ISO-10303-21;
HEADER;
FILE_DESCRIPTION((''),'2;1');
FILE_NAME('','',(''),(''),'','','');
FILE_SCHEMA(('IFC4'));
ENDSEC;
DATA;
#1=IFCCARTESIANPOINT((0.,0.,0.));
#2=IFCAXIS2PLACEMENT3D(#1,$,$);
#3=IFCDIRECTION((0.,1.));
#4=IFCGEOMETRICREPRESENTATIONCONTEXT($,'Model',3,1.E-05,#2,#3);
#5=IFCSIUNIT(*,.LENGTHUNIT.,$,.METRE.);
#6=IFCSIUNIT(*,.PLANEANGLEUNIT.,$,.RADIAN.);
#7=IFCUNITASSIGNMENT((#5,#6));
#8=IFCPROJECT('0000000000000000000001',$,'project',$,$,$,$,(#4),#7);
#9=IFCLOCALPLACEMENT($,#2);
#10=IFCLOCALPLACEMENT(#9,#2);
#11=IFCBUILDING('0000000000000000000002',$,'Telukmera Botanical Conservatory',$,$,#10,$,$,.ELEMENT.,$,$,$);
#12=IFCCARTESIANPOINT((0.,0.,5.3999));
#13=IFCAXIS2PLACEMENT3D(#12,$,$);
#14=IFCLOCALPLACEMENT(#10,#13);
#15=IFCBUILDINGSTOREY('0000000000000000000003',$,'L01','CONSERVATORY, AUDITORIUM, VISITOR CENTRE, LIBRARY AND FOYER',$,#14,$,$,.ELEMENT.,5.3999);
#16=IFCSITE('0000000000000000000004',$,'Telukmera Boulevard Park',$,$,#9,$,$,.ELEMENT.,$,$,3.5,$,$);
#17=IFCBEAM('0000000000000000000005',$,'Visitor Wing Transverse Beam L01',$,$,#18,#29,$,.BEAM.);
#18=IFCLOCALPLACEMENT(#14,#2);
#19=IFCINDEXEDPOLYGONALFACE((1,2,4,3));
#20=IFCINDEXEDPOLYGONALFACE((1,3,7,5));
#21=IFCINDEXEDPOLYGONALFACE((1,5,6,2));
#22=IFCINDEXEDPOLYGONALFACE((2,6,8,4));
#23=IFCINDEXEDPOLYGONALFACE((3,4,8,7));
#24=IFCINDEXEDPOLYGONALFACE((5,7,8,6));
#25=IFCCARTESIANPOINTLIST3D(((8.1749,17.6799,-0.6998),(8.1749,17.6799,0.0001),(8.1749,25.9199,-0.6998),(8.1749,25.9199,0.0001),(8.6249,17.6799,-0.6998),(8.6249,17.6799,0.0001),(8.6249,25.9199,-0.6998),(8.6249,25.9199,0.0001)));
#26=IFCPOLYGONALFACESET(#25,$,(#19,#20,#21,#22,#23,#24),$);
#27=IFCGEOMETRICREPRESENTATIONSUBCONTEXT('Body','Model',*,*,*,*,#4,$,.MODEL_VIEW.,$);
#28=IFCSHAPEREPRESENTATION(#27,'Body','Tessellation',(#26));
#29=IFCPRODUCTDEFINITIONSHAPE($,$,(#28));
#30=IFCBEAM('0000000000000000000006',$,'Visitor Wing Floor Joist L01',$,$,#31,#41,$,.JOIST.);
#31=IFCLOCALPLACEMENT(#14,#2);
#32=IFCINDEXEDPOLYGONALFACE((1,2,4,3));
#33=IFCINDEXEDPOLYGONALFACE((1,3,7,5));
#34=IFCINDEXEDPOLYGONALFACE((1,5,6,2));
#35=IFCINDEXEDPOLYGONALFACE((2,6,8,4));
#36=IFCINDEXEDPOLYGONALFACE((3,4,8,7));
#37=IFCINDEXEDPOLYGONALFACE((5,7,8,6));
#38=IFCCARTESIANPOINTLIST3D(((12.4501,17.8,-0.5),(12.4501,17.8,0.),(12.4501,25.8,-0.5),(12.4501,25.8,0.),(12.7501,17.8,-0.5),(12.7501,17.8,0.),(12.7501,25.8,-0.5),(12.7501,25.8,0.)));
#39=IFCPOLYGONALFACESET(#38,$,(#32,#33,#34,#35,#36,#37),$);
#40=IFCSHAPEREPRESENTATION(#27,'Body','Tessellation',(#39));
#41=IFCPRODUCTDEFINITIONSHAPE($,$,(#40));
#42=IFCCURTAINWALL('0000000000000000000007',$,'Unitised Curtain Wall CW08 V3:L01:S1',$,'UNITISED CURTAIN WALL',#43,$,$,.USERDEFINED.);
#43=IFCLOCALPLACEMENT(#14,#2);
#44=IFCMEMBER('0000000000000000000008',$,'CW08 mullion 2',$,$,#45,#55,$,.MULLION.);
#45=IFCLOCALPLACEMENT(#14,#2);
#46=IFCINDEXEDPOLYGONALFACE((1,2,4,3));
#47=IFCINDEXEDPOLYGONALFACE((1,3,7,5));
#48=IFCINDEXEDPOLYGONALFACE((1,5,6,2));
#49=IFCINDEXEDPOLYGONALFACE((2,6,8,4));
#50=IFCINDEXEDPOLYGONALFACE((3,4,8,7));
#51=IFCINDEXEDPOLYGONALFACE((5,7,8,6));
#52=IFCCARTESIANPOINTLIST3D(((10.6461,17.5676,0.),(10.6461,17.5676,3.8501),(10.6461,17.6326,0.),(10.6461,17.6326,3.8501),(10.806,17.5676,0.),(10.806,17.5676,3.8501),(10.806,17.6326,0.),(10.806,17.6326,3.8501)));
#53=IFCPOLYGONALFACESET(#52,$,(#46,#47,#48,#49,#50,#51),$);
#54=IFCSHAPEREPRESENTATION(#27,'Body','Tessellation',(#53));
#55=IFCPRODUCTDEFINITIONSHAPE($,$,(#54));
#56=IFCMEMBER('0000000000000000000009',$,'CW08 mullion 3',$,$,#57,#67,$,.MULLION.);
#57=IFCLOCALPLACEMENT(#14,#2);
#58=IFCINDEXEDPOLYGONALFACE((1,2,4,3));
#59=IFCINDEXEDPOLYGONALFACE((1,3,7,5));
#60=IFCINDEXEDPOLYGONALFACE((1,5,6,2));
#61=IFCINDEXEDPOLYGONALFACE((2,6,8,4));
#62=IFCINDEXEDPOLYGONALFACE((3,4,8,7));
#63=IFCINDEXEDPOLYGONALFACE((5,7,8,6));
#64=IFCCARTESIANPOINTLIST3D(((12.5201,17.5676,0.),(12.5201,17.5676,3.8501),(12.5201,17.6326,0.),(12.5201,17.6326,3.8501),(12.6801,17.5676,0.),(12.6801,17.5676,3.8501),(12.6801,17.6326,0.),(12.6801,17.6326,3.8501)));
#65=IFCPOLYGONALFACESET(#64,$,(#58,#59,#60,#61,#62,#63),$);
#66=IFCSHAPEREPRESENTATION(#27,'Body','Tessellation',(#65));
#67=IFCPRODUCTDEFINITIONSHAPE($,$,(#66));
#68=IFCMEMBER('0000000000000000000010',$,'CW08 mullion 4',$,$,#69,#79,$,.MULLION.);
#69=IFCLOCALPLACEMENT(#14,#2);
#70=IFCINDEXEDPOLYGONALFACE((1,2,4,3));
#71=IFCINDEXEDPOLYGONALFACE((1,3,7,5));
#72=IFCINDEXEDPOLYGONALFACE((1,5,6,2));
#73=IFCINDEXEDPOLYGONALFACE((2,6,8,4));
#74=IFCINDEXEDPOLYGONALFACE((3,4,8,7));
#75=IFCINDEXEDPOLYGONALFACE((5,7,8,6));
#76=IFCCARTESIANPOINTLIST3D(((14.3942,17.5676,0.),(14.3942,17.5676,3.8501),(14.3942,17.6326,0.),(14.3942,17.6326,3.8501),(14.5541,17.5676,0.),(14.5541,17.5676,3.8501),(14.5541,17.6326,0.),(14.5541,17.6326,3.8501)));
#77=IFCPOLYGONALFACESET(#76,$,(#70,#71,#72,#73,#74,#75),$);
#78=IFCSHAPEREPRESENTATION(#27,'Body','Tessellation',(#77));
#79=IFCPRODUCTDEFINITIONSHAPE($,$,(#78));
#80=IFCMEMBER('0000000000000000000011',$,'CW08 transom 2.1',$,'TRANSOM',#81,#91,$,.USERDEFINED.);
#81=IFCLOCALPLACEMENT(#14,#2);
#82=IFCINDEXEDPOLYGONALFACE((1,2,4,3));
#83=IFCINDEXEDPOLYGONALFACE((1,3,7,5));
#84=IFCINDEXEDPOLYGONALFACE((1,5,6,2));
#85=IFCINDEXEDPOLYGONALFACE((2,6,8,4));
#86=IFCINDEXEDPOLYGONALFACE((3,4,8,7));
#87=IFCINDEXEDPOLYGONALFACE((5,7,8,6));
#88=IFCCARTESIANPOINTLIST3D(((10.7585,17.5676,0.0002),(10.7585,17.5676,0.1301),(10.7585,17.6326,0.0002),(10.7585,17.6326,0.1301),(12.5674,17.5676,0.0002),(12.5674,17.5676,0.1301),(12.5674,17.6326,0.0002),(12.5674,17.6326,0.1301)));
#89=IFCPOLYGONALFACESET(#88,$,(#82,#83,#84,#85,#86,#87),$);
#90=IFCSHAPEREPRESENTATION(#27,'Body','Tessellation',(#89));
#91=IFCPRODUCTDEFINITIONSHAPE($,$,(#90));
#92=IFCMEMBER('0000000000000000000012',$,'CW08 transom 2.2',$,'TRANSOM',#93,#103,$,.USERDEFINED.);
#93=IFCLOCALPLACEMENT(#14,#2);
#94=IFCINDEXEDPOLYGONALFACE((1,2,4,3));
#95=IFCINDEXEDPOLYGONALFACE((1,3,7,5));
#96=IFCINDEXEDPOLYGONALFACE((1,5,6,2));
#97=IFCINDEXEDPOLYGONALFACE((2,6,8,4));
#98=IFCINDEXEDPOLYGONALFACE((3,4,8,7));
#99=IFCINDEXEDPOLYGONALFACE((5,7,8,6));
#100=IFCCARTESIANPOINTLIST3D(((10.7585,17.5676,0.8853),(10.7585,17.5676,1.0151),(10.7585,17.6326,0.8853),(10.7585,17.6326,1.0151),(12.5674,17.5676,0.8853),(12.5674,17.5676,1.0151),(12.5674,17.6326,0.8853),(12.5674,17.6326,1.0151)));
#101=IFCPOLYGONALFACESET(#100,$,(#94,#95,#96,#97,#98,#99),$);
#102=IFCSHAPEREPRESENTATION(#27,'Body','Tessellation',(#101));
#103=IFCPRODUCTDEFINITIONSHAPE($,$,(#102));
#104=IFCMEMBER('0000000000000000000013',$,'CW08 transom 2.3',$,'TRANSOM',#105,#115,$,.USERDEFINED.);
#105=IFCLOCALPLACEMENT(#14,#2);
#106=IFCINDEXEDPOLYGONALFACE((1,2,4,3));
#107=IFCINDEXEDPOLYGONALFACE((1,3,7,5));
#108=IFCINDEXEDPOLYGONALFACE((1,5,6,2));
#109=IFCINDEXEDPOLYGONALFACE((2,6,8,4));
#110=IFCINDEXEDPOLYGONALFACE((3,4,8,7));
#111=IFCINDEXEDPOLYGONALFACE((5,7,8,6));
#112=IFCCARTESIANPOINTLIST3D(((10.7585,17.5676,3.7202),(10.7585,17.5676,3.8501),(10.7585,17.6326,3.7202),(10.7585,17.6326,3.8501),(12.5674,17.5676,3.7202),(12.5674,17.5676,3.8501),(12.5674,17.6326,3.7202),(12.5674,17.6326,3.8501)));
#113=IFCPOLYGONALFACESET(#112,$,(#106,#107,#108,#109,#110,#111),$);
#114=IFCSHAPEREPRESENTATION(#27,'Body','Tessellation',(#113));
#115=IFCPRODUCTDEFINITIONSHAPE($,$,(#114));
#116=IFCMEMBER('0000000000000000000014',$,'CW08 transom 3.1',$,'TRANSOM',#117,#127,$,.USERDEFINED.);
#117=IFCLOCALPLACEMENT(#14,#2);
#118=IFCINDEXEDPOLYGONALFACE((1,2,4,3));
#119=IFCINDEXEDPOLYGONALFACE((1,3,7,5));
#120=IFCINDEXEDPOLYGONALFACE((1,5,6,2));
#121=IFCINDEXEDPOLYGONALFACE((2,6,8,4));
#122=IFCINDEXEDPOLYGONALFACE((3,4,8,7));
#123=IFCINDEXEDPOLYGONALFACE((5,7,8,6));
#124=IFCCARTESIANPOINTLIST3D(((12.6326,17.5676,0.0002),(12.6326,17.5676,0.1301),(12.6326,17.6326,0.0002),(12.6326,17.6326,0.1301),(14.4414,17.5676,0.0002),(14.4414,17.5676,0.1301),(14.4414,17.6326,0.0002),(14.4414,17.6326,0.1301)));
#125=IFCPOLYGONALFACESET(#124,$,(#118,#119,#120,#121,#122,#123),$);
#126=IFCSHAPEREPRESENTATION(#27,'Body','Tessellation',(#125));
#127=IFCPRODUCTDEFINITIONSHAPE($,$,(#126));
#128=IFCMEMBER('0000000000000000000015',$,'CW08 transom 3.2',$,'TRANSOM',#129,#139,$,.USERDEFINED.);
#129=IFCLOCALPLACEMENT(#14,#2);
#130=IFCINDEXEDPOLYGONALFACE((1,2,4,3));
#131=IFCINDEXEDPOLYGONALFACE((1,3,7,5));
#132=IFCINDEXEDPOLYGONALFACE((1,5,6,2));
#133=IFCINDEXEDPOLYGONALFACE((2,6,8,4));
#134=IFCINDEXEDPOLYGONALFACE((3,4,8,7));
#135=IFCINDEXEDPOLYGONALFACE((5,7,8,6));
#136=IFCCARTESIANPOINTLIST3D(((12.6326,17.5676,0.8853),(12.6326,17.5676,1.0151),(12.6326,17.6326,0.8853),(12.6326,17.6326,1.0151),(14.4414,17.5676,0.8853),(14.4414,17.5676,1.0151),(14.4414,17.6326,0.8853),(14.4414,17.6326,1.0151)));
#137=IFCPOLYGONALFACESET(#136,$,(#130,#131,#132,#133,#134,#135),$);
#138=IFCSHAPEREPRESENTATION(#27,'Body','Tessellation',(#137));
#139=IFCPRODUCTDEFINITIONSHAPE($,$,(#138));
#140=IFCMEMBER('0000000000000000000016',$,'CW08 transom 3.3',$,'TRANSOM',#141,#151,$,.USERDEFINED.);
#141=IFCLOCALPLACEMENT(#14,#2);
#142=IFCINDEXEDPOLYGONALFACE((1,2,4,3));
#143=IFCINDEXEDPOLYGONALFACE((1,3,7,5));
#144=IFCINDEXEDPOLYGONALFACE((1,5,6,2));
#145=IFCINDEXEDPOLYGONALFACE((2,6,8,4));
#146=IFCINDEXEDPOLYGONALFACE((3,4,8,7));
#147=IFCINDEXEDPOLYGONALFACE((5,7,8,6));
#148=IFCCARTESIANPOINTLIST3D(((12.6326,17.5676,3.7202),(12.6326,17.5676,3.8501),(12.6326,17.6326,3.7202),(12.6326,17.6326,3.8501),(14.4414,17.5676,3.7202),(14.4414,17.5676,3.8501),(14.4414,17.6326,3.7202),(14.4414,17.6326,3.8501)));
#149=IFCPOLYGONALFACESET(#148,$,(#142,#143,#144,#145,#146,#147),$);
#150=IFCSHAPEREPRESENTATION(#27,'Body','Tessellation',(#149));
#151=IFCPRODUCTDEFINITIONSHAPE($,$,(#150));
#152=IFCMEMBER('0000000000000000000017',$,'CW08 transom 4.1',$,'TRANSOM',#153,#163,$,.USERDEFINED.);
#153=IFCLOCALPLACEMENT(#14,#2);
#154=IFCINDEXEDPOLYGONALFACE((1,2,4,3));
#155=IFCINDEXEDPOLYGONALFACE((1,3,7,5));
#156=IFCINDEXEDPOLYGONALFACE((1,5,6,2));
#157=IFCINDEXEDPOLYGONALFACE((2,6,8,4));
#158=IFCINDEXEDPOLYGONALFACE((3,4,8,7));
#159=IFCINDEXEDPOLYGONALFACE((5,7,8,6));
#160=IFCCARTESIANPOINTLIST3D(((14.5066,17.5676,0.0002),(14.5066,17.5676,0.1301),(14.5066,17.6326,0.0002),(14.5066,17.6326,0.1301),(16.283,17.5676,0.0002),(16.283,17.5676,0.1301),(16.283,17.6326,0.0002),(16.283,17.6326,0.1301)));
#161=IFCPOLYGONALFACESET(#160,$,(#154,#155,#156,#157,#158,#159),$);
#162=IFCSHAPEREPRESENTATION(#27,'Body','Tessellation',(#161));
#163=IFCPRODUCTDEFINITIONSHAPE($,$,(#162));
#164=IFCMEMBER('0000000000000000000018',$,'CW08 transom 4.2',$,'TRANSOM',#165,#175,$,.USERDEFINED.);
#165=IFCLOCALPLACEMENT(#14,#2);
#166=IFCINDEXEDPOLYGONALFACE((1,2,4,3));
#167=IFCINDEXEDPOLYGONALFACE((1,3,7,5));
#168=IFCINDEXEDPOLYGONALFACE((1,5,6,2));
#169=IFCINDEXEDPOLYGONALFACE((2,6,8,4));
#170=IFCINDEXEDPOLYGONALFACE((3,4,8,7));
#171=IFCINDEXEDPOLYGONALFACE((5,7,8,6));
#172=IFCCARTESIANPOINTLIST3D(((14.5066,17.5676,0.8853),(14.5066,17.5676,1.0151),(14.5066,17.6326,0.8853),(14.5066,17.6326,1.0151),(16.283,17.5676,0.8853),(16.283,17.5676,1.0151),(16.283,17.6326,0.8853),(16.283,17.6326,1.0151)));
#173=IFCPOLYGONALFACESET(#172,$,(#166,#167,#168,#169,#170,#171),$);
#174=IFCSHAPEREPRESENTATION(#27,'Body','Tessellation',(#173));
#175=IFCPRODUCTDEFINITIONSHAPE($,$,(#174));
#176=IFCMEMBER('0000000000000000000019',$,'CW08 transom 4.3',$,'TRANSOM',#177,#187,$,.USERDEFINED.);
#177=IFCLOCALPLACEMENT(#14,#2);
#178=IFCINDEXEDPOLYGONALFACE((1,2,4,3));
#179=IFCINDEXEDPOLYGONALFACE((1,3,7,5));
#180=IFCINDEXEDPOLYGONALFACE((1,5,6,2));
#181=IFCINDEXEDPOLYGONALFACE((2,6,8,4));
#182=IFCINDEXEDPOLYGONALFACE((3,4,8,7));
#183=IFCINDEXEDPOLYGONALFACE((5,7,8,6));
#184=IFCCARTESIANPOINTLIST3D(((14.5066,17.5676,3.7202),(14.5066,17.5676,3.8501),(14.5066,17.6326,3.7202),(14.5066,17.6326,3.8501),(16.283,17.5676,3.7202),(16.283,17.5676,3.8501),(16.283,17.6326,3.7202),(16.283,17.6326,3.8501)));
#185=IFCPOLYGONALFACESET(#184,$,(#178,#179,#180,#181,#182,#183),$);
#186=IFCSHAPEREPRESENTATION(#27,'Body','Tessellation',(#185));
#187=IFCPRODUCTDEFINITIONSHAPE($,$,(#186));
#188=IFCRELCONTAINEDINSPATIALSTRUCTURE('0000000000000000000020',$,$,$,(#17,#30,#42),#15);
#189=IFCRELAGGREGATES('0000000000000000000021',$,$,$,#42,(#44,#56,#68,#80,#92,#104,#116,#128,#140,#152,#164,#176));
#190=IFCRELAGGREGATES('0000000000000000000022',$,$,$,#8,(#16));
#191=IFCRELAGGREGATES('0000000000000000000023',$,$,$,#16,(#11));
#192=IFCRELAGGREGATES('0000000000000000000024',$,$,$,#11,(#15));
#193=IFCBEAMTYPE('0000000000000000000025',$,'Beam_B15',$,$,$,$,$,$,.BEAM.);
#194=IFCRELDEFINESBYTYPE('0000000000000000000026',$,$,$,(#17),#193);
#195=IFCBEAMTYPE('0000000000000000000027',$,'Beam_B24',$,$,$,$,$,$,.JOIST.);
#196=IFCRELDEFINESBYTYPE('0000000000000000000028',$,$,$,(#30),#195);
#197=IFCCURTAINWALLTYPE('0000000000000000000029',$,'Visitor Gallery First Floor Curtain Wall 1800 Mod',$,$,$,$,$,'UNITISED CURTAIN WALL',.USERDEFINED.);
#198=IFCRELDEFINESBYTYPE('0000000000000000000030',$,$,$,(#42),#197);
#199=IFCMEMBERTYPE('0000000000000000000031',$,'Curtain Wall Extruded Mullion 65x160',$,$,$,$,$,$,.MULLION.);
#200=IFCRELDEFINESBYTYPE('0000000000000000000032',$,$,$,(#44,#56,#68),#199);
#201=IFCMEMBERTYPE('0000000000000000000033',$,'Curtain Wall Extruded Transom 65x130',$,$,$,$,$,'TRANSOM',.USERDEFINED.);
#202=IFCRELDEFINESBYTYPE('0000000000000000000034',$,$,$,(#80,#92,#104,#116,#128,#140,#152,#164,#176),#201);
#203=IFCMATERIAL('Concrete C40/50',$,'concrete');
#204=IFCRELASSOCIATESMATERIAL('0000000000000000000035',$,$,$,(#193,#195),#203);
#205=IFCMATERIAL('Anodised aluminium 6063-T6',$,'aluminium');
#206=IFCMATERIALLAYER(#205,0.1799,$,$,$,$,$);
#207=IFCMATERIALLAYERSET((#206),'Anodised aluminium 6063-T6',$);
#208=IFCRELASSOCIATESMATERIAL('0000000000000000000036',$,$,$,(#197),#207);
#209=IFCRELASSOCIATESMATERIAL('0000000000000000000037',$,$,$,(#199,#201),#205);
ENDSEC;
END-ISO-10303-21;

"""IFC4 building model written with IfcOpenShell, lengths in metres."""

from ifc_helpers import new_model, si_unit, direction, frame, origin, origin_2d, place, context, subcontext, project, spatial, rectangle, extrude, material, layer, layer_set, material_profile, profile_set, type_object, element, aggregate, save


model = new_model("IFC4")

# Units and contexts
model_context = context("Model", 3, precision=1e-05, world=origin(), true_north=direction((0.0, 1.0)))
body_context = subcontext(model_context, "Body", "Model", "MODEL_VIEW")
ifc_project = project(units=[si_unit("LENGTHUNIT", "METRE"), si_unit("PLANEANGLEUNIT", "RADIAN")], contexts=[model_context])

# Site, building, storey
site_placement = place(None, origin())
site = spatial("IfcSite", under=ifc_project, at=site_placement, Name="Telukmera Boulevard Park", CompositionType="ELEMENT", RefElevation=3.5)
building_placement = place(site_placement, origin())
building = spatial("IfcBuilding", under=site, at=building_placement, Name="Telukmera Botanical Conservatory", CompositionType="ELEMENT")
storey_placement = place(building_placement, frame((0.0, 0.0, 5.3999)))
storey = spatial("IfcBuildingStorey", under=building, at=storey_placement, Name="L01", Description="CONSERVATORY, AUDITORIUM, VISITOR CENTRE, LIBRARY AND FOYER", CompositionType="ELEMENT", Elevation=5.3999)

# Beams
ifc_material_1 = material(Name="Concrete C40/50", Category="concrete")
ifc_material_profile_1 = material_profile(ifc_material_1, rectangle(XDim=0.45, YDim=0.7, at=origin_2d()), Name="RC 450x700")
ifc_profile_set_1 = profile_set([ifc_material_profile_1], Name="Concrete C40/50")
beam_type_1 = type_object("IfcBeamType", Name="Beam_B15", PredefinedType="BEAM", material=ifc_profile_set_1)
beam_1_placement = place(storey_placement, frame((8.3999, 17.6799, -0.3499), z_axis=(0.0, 1.0, 0.0), x_axis=(-1.0, 0.0, 0.0)))
element("IfcBeam", 1, at=beam_1_placement, inside=storey, type_object=beam_type_1, Name="Visitor Wing Transverse Beam L01", PredefinedType="BEAM", context=body_context, shape_type="SweptSolid", body=[
    extrude(rectangle(XDim=0.45, YDim=0.7, at=origin_2d()), origin(), (0.0, 0.0, 1.0), 8.24),
])
ifc_material_profile_2 = material_profile(ifc_material_1, rectangle(XDim=0.3, YDim=0.5, at=origin_2d()), Name="RC 300x500")
ifc_profile_set_2 = profile_set([ifc_material_profile_2], Name="Concrete C40/50")
beam_type_2 = type_object("IfcBeamType", Name="Beam_B24", PredefinedType="JOIST", material=ifc_profile_set_2)
beam_2_placement = place(storey_placement, frame((12.6001, 17.8, -0.25), z_axis=(0.0, 1.0, 0.0), x_axis=(-1.0, 0.0, 0.0)))
element("IfcBeam", 2, at=beam_2_placement, inside=storey, type_object=beam_type_2, Name="Visitor Wing Floor Joist L01", PredefinedType="JOIST", context=body_context, shape_type="SweptSolid", body=[
    extrude(rectangle(XDim=0.3, YDim=0.5, at=origin_2d()), origin(), (0.0, 0.0, 1.0), 8.0),
])

# Curtain wall, members
ifc_material_2 = material(Name="Anodised aluminium 6063-T6", Category="aluminium")
ifc_layer_1 = layer(ifc_material_2, 0.1799)
ifc_layer_set_1 = layer_set([ifc_layer_1], Name="Anodised aluminium 6063-T6")
curtain_wall_type = type_object("IfcCurtainWallType", Name="Visitor Gallery First Floor Curtain Wall 1800 Mod", ElementType="UNITISED CURTAIN WALL", PredefinedType="USERDEFINED", material=ifc_layer_set_1)
curtain_wall_placement = place(storey_placement, origin())
curtain_wall = element("IfcCurtainWall", 3, at=curtain_wall_placement, inside=storey, type_object=curtain_wall_type, Name="Unitised Curtain Wall CW08 V3:L01:S1", ObjectType="UNITISED CURTAIN WALL", PredefinedType="USERDEFINED")
ifc_material_profile_3 = material_profile(ifc_material_2, rectangle(XDim=0.0649, YDim=0.1599, at=origin_2d()), Name="ALU MULL 65x160")
ifc_profile_set_3 = profile_set([ifc_material_profile_3], Name="Anodised aluminium 6063-T6")
member_type_1 = type_object("IfcMemberType", Name="Curtain Wall Extruded Mullion 65x160", PredefinedType="MULLION", material=ifc_profile_set_3)
member_1_placement = place(storey_placement, frame((10.7261, 17.6001, 0.0), z_axis=(0.0, 0.0, 1.0), x_axis=(0.0, 1.0, 0.0)))
member_1 = element("IfcMember", 4, at=member_1_placement, type_object=member_type_1, Name="CW08 mullion 2", PredefinedType="MULLION", context=body_context, shape_type="SweptSolid", body=[
    extrude(rectangle(XDim=0.0649, YDim=0.1599, at=origin_2d()), origin(), (0.0, 0.0, 1.0), 3.8501),
])
member_2_placement = place(storey_placement, frame((12.6001, 17.6001, 0.0), z_axis=(0.0, 0.0, 1.0), x_axis=(0.0, 1.0, 0.0)))
member_2 = element("IfcMember", 5, at=member_2_placement, type_object=member_type_1, Name="CW08 mullion 3", PredefinedType="MULLION", context=body_context, shape_type="SweptSolid", body=[
    extrude(rectangle(XDim=0.0649, YDim=0.1599, at=origin_2d()), origin(), (0.0, 0.0, 1.0), 3.8501),
])
member_3_placement = place(storey_placement, frame((14.4741, 17.6001, 0.0), z_axis=(0.0, 0.0, 1.0), x_axis=(0.0, 1.0, 0.0)))
member_3 = element("IfcMember", 6, at=member_3_placement, type_object=member_type_1, Name="CW08 mullion 4", PredefinedType="MULLION", context=body_context, shape_type="SweptSolid", body=[
    extrude(rectangle(XDim=0.0649, YDim=0.1599, at=origin_2d()), origin(), (0.0, 0.0, 1.0), 3.8501),
])
ifc_material_profile_4 = material_profile(ifc_material_2, rectangle(XDim=0.0649, YDim=0.1299, at=origin_2d()), Name="ALU TRAN 65x130")
ifc_profile_set_4 = profile_set([ifc_material_profile_4], Name="Anodised aluminium 6063-T6")
member_type_2 = type_object("IfcMemberType", Name="Curtain Wall Extruded Transom 65x130", ElementType="TRANSOM", PredefinedType="USERDEFINED", material=ifc_profile_set_4)
member_4_placement = place(storey_placement, frame((10.7585, 17.6001, 0.0652), z_axis=(1.0, 0.0, 0.0), x_axis=(0.0, 1.0, 0.0)))
member_4 = element("IfcMember", 7, at=member_4_placement, type_object=member_type_2, Name="CW08 transom 2.1", ObjectType="TRANSOM", PredefinedType="USERDEFINED", context=body_context, shape_type="SweptSolid", body=[
    extrude(rectangle(XDim=0.0649, YDim=0.1299, at=origin_2d()), origin(), (0.0, 0.0, 1.0), 1.8088),
])
member_5_placement = place(storey_placement, frame((10.7585, 17.6001, 0.9502), z_axis=(1.0, 0.0, 0.0), x_axis=(0.0, 1.0, 0.0)))
member_5 = element("IfcMember", 8, at=member_5_placement, type_object=member_type_2, Name="CW08 transom 2.2", ObjectType="TRANSOM", PredefinedType="USERDEFINED", context=body_context, shape_type="SweptSolid", body=[
    extrude(rectangle(XDim=0.0649, YDim=0.1299, at=origin_2d()), origin(), (0.0, 0.0, 1.0), 1.8088),
])
member_6_placement = place(storey_placement, frame((10.7585, 17.6001, 3.7852), z_axis=(1.0, 0.0, 0.0), x_axis=(0.0, 1.0, 0.0)))
member_6 = element("IfcMember", 9, at=member_6_placement, type_object=member_type_2, Name="CW08 transom 2.3", ObjectType="TRANSOM", PredefinedType="USERDEFINED", context=body_context, shape_type="SweptSolid", body=[
    extrude(rectangle(XDim=0.0649, YDim=0.1299, at=origin_2d()), origin(), (0.0, 0.0, 1.0), 1.8088),
])
member_7_placement = place(storey_placement, frame((12.6326, 17.6001, 0.0652), z_axis=(1.0, 0.0, 0.0), x_axis=(0.0, 1.0, 0.0)))
member_7 = element("IfcMember", 10, at=member_7_placement, type_object=member_type_2, Name="CW08 transom 3.1", ObjectType="TRANSOM", PredefinedType="USERDEFINED", context=body_context, shape_type="SweptSolid", body=[
    extrude(rectangle(XDim=0.0649, YDim=0.1299, at=origin_2d()), origin(), (0.0, 0.0, 1.0), 1.8088),
])
member_8_placement = place(storey_placement, frame((12.6326, 17.6001, 0.9502), z_axis=(1.0, 0.0, 0.0), x_axis=(0.0, 1.0, 0.0)))
member_8 = element("IfcMember", 11, at=member_8_placement, type_object=member_type_2, Name="CW08 transom 3.2", ObjectType="TRANSOM", PredefinedType="USERDEFINED", context=body_context, shape_type="SweptSolid", body=[
    extrude(rectangle(XDim=0.0649, YDim=0.1299, at=origin_2d()), origin(), (0.0, 0.0, 1.0), 1.8088),
])
member_9_placement = place(storey_placement, frame((12.6326, 17.6001, 3.7852), z_axis=(1.0, 0.0, 0.0), x_axis=(0.0, 1.0, 0.0)))
member_9 = element("IfcMember", 12, at=member_9_placement, type_object=member_type_2, Name="CW08 transom 3.3", ObjectType="TRANSOM", PredefinedType="USERDEFINED", context=body_context, shape_type="SweptSolid", body=[
    extrude(rectangle(XDim=0.0649, YDim=0.1299, at=origin_2d()), origin(), (0.0, 0.0, 1.0), 1.8088),
])
member_10_placement = place(storey_placement, frame((14.5066, 17.6001, 0.0652), z_axis=(1.0, 0.0, 0.0), x_axis=(0.0, 1.0, 0.0)))
member_10 = element("IfcMember", 13, at=member_10_placement, type_object=member_type_2, Name="CW08 transom 4.1", ObjectType="TRANSOM", PredefinedType="USERDEFINED", context=body_context, shape_type="SweptSolid", body=[
    extrude(rectangle(XDim=0.0649, YDim=0.1299, at=origin_2d()), origin(), (0.0, 0.0, 1.0), 1.7764),
])
member_11_placement = place(storey_placement, frame((14.5066, 17.6001, 0.9502), z_axis=(1.0, 0.0, 0.0), x_axis=(0.0, 1.0, 0.0)))
member_11 = element("IfcMember", 14, at=member_11_placement, type_object=member_type_2, Name="CW08 transom 4.2", ObjectType="TRANSOM", PredefinedType="USERDEFINED", context=body_context, shape_type="SweptSolid", body=[
    extrude(rectangle(XDim=0.0649, YDim=0.1299, at=origin_2d()), origin(), (0.0, 0.0, 1.0), 1.7764),
])
member_12_placement = place(storey_placement, frame((14.5066, 17.6001, 3.7852), z_axis=(1.0, 0.0, 0.0), x_axis=(0.0, 1.0, 0.0)))
member_12 = element("IfcMember", 15, at=member_12_placement, type_object=member_type_2, Name="CW08 transom 4.3", ObjectType="TRANSOM", PredefinedType="USERDEFINED", context=body_context, shape_type="SweptSolid", body=[
    extrude(rectangle(XDim=0.0649, YDim=0.1299, at=origin_2d()), origin(), (0.0, 0.0, 1.0), 1.7764),
])
aggregate(curtain_wall, [member_1, member_2, member_3, member_4, member_5, member_6, member_7, member_8, member_9, member_10, member_11, member_12])

save(model, "model.ifc")
